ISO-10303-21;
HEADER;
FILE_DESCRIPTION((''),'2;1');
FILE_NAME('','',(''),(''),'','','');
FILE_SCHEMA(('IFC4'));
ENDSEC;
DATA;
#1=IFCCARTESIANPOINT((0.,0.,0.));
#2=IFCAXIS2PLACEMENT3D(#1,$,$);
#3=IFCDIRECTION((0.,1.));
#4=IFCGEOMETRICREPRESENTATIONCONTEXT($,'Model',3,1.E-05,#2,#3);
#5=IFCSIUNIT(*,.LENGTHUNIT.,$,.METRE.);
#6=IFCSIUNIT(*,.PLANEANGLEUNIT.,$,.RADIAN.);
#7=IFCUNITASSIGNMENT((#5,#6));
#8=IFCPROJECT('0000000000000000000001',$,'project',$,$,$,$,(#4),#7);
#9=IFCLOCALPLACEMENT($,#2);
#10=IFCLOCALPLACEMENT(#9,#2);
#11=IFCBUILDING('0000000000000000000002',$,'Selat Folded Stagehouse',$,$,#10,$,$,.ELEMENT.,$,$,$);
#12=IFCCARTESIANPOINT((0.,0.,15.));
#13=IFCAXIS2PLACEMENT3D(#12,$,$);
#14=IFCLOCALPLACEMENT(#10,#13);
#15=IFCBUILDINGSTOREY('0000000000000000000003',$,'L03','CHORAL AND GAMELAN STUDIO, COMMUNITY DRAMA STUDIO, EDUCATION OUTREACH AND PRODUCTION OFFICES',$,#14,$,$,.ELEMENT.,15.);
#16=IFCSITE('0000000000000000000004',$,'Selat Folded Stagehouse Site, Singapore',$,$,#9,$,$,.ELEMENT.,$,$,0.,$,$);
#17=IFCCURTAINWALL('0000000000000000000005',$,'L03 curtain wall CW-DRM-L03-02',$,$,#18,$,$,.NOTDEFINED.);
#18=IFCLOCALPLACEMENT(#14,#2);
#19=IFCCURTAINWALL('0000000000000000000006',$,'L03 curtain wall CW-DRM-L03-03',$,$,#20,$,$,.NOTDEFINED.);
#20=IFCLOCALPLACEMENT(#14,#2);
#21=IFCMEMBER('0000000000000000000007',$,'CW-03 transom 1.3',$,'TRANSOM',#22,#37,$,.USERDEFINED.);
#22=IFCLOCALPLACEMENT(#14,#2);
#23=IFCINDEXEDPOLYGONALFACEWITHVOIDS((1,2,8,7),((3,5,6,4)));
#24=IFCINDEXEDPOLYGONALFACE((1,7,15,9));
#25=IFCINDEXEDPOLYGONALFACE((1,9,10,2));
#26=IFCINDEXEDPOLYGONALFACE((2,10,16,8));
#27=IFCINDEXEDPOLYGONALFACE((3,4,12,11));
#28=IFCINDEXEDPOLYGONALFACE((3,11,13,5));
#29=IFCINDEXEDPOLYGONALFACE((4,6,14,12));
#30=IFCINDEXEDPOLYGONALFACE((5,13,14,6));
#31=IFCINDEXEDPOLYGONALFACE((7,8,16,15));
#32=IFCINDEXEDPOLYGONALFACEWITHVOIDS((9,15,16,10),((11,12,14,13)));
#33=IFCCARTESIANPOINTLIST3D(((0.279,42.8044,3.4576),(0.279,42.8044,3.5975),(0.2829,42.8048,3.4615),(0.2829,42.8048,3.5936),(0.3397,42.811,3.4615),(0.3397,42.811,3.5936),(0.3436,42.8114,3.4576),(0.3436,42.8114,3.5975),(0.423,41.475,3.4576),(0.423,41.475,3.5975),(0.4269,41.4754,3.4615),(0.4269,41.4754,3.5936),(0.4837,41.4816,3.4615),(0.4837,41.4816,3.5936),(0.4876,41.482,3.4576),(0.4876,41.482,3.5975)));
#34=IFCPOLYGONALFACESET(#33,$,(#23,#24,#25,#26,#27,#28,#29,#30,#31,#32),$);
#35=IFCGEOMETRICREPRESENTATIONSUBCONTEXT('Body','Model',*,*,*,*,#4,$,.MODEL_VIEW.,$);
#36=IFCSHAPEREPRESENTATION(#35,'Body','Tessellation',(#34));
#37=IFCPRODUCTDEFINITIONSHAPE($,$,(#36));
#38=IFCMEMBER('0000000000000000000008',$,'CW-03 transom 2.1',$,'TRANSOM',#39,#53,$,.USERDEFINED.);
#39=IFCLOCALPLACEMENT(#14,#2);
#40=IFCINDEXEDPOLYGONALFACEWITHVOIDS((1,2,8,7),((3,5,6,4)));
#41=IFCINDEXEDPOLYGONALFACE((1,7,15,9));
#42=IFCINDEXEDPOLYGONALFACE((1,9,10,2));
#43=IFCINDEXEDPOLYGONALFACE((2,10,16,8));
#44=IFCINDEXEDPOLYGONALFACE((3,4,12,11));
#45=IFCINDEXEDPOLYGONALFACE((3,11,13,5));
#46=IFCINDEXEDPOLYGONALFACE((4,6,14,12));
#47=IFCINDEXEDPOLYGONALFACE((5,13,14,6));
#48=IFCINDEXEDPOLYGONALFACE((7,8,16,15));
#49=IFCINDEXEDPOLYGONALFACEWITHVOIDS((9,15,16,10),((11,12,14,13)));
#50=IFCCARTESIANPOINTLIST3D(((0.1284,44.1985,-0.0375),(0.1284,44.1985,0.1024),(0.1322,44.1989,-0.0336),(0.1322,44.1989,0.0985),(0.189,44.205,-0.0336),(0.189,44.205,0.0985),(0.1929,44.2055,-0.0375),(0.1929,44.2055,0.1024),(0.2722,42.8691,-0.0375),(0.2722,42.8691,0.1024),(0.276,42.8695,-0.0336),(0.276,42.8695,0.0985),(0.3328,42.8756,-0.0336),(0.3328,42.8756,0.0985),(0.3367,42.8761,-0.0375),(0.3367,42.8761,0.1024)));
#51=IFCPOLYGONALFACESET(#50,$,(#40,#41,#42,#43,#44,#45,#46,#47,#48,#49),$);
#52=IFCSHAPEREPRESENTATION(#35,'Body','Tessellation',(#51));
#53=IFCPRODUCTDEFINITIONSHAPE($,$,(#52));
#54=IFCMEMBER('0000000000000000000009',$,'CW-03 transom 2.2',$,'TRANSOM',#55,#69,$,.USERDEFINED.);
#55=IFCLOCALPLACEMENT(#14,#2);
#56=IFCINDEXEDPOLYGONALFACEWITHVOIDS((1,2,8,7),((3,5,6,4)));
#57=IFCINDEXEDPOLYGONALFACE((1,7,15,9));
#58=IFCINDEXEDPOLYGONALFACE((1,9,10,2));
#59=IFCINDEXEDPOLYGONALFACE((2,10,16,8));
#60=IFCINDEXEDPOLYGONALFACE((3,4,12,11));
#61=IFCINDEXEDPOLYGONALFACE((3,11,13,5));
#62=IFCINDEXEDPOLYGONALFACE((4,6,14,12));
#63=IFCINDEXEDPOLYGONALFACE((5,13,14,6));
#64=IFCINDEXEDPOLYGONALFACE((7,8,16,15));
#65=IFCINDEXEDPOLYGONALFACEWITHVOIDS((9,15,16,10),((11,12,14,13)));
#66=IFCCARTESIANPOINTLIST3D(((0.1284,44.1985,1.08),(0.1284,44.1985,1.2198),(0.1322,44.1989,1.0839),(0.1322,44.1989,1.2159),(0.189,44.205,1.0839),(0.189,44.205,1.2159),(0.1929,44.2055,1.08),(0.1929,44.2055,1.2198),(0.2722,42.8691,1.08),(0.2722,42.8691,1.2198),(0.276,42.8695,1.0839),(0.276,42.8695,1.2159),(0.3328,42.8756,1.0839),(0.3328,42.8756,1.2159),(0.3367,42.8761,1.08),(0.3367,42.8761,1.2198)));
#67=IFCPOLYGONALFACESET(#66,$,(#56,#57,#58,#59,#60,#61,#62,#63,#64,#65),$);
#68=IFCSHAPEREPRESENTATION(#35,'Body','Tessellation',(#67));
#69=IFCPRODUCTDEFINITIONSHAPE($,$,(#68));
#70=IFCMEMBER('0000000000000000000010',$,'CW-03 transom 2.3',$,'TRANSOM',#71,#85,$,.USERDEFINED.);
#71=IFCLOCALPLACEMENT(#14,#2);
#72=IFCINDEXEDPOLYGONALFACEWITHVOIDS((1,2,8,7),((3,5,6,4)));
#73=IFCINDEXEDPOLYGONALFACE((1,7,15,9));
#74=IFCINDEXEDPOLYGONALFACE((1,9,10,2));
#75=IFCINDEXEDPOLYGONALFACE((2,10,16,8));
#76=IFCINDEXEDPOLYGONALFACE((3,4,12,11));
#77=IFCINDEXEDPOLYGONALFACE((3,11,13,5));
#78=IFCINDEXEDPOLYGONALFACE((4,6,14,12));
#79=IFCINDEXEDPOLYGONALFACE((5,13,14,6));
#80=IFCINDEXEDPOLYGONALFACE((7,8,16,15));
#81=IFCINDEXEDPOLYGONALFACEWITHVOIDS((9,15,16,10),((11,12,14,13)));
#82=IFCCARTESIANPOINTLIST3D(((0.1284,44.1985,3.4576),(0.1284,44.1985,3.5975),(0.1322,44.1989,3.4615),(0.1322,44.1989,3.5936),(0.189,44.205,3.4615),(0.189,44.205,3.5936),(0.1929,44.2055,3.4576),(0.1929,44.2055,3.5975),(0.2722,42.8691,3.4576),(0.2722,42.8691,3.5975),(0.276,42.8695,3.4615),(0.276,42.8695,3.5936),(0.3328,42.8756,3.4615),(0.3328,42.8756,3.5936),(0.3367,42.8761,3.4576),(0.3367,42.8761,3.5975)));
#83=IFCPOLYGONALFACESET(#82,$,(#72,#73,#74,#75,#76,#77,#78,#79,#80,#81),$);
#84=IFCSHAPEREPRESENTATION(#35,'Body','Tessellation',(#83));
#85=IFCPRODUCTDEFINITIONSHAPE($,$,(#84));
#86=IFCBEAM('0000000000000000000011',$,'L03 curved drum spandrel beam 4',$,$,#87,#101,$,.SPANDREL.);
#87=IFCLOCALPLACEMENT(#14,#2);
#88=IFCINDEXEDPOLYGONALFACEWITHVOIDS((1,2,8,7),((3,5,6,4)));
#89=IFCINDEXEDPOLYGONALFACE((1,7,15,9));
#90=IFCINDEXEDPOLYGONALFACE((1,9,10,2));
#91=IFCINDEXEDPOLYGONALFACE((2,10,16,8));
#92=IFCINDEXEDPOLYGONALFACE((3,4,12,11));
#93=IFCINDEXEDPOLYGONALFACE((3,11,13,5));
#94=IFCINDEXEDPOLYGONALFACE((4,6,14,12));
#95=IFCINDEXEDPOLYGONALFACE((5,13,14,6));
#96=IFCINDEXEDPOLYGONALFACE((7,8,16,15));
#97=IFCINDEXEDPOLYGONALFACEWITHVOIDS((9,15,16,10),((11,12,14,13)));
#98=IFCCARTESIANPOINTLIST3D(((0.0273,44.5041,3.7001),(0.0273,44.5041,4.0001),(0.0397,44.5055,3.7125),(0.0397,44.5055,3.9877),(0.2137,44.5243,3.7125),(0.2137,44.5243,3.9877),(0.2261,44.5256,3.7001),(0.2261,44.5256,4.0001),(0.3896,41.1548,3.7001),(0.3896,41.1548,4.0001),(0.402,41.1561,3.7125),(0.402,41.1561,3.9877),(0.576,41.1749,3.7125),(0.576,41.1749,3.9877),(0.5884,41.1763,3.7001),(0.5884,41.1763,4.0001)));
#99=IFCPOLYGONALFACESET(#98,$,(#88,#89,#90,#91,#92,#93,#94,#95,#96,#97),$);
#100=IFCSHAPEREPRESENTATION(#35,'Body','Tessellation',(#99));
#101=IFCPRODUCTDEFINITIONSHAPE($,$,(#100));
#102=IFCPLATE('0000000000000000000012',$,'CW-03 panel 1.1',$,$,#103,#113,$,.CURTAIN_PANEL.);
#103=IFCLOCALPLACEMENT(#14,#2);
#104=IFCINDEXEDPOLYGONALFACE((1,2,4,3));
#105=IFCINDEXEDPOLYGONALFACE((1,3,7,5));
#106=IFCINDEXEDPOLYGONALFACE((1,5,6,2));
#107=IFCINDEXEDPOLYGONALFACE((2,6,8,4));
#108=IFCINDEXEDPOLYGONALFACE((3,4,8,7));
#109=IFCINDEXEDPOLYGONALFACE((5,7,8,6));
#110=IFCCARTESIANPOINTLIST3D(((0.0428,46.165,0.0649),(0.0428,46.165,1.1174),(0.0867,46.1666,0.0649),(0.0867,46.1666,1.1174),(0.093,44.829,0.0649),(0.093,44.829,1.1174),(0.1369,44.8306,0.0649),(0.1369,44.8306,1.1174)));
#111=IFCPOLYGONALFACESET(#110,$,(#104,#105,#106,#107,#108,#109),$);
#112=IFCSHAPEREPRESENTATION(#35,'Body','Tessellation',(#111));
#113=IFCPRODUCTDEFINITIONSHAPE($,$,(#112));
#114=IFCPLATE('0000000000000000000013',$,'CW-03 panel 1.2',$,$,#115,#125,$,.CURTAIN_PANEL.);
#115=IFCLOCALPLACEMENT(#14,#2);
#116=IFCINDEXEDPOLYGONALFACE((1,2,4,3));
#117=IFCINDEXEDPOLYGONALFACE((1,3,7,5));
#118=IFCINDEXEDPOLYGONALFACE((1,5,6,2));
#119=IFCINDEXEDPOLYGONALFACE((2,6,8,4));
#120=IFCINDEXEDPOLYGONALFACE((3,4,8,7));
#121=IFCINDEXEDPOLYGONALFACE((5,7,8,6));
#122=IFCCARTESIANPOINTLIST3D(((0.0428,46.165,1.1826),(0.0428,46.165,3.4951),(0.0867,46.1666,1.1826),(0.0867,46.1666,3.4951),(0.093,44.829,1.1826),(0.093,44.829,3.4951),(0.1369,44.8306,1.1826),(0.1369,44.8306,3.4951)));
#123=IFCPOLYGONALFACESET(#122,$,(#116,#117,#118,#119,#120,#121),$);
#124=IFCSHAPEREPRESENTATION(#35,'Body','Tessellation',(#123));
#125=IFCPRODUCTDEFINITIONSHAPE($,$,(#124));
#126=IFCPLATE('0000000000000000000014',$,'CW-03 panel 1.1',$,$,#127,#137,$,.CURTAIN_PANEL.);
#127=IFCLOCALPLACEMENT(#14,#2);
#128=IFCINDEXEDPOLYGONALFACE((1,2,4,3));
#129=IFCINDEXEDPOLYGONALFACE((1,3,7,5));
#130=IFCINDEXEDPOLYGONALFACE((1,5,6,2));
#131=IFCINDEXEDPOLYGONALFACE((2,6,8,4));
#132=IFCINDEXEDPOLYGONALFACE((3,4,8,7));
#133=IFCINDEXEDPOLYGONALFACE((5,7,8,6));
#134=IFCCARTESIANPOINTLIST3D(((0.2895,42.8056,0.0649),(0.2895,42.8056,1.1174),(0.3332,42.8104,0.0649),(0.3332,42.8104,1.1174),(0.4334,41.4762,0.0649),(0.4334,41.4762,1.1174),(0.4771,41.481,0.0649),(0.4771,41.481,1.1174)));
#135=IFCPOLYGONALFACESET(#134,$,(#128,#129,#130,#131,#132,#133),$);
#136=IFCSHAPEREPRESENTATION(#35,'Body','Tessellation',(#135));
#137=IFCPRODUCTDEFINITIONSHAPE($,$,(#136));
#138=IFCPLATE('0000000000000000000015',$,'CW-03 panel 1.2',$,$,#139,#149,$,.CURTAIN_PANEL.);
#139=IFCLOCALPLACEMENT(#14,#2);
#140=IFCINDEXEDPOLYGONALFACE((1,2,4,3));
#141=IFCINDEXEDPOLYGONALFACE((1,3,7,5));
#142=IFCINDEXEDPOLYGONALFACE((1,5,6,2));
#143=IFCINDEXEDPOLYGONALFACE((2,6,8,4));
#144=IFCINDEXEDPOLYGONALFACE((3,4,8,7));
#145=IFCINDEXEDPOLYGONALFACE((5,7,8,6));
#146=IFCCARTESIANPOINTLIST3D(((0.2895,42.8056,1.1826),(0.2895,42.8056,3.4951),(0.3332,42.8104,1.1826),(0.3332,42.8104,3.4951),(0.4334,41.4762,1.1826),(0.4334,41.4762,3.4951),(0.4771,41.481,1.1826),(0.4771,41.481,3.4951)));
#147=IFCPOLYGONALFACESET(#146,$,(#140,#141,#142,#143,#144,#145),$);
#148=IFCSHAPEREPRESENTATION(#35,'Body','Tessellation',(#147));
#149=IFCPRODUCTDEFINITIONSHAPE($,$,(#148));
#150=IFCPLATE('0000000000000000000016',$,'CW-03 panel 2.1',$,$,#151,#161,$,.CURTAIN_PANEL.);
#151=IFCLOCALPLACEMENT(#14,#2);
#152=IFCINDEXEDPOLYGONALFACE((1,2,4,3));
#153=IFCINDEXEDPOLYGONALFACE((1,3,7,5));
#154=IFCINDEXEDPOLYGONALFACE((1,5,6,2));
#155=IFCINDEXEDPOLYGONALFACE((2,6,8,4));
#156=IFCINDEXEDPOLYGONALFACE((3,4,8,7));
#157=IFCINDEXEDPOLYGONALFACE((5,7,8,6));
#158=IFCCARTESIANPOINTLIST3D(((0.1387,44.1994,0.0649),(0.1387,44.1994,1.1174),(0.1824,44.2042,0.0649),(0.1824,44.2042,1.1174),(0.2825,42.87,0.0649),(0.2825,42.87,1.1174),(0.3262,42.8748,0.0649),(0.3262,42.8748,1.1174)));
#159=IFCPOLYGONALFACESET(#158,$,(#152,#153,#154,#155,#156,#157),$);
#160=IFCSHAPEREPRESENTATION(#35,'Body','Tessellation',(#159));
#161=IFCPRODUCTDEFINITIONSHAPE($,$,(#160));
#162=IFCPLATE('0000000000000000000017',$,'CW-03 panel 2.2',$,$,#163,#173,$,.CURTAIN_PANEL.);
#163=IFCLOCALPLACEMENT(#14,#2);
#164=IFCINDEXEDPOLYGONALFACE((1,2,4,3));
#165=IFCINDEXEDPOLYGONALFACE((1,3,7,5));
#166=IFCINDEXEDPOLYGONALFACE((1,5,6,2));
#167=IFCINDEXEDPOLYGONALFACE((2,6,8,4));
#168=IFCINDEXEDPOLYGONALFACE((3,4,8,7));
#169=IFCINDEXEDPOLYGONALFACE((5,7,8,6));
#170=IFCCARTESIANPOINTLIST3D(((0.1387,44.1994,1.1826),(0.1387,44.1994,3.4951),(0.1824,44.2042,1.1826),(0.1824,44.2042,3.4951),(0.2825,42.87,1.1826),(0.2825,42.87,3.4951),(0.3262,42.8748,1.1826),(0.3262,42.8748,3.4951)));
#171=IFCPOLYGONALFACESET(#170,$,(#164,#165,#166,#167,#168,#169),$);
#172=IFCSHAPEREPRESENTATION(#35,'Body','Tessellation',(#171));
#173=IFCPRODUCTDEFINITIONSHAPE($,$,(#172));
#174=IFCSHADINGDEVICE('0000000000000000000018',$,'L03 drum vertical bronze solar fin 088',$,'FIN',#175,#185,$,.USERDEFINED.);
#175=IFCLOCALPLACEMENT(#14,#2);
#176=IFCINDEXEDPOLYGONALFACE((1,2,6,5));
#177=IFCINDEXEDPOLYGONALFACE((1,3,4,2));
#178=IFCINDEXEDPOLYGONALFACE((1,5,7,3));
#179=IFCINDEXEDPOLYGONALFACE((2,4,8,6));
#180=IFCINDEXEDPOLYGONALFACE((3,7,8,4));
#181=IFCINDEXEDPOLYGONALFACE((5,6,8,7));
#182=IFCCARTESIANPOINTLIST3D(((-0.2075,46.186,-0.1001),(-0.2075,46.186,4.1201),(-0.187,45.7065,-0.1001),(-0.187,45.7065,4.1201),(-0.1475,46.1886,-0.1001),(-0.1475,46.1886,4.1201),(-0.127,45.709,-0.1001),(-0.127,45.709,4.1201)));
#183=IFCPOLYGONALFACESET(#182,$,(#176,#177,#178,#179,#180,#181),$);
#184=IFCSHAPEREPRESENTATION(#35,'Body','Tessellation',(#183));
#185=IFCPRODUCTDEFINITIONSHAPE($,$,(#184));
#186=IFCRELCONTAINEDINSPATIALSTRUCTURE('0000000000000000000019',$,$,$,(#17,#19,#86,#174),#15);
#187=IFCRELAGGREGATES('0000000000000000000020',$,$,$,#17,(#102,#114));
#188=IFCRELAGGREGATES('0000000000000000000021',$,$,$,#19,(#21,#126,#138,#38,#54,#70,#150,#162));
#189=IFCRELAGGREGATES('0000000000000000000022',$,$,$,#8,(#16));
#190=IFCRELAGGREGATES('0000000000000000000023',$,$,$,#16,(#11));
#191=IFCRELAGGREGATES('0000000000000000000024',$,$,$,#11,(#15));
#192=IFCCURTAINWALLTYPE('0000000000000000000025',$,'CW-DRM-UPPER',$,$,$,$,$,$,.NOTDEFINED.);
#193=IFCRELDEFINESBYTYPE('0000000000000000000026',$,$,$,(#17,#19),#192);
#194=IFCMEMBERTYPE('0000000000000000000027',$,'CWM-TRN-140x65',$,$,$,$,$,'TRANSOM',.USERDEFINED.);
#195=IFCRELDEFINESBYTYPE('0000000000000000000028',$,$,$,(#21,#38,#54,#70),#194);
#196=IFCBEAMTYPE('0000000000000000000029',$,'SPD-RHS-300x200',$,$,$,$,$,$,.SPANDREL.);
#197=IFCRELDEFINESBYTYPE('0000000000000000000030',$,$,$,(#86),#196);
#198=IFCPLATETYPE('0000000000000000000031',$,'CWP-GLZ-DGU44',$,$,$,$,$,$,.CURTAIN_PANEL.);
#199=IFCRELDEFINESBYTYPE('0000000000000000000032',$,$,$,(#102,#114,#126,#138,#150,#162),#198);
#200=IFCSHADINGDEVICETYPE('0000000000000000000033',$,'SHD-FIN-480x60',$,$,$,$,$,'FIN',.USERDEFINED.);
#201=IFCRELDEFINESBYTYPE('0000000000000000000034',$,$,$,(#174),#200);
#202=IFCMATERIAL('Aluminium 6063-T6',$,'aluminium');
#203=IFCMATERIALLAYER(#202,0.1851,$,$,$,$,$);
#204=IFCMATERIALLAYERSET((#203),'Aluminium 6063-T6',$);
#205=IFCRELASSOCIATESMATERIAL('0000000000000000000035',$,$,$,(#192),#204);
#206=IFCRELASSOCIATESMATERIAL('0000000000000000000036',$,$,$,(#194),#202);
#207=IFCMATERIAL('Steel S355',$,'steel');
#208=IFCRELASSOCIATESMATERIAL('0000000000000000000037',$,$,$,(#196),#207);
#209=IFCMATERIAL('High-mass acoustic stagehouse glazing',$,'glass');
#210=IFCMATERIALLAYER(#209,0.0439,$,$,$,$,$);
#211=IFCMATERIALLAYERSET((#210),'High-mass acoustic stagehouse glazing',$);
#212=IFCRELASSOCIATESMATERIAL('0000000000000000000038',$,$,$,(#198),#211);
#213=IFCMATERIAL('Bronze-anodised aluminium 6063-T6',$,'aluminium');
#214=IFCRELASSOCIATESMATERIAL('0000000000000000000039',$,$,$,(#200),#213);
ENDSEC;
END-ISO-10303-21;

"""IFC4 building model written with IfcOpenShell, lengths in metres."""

from ifc_helpers import new_model, si_unit, direction, frame, origin, origin_2d, place, context, subcontext, project, spatial, rectangle, hollow_rectangle, extrude, material, layer, layer_set, material_profile, profile_set, type_object, element, aggregate, save


model = new_model("IFC4")

# Units and contexts
model_context = context("Model", 3, precision=1e-05, world=origin(), true_north=direction((0.0, 1.0)))
body_context = subcontext(model_context, "Body", "Model", "MODEL_VIEW")
ifc_project = project(units=[si_unit("LENGTHUNIT", "METRE"), si_unit("PLANEANGLEUNIT", "RADIAN")], contexts=[model_context])

# Site, building, storey
site_placement = place(None, origin())
site = spatial("IfcSite", under=ifc_project, at=site_placement, Name="Selat Folded Stagehouse Site, Singapore", CompositionType="ELEMENT", RefElevation=0.0)
building_placement = place(site_placement, origin())
building = spatial("IfcBuilding", under=site, at=building_placement, Name="Selat Folded Stagehouse", CompositionType="ELEMENT")
storey_placement = place(building_placement, frame((0.0, 0.0, 15.0)))
storey = spatial("IfcBuildingStorey", under=building, at=storey_placement, Name="L03", Description="CHORAL AND GAMELAN STUDIO, COMMUNITY DRAMA STUDIO, EDUCATION OUTREACH AND PRODUCTION OFFICES", CompositionType="ELEMENT", Elevation=15.0)

# Shared definitions
ifc_material_1 = material(Name="Steel S355", Category="steel")

# Curtain wall
ifc_material_2 = material(Name="Aluminium 6063-T6", Category="aluminium")
ifc_layer_1 = layer(ifc_material_2, 0.1851)
ifc_layer_set_1 = layer_set([ifc_layer_1], Name="Aluminium 6063-T6")
curtain_wall_type = type_object("IfcCurtainWallType", Name="CW-DRM-UPPER", PredefinedType="NOTDEFINED", material=ifc_layer_set_1)
curtain_wall_1_placement = place(storey_placement, origin())
curtain_wall_1 = element("IfcCurtainWall", 1, at=curtain_wall_1_placement, inside=storey, type_object=curtain_wall_type, Name="L03 curtain wall CW-DRM-L03-02", PredefinedType="NOTDEFINED")

# Curtain wall
curtain_wall_2_placement = place(storey_placement, origin())
curtain_wall_2 = element("IfcCurtainWall", 2, at=curtain_wall_2_placement, inside=storey, type_object=curtain_wall_type, Name="L03 curtain wall CW-DRM-L03-03", PredefinedType="NOTDEFINED")

# Members
ifc_material_profile_1 = material_profile(ifc_material_2, hollow_rectangle(XDim=0.0649, YDim=0.1399, WallThickness=0.0039, at=origin_2d()), Name="ALU 140x65x4.0")
ifc_profile_set_1 = profile_set([ifc_material_profile_1], Name="Aluminium 6063-T6")
member_type_1 = type_object("IfcMemberType", Name="CWM-TRN-140x65", ElementType="TRANSOM", PredefinedType="USERDEFINED", material=ifc_profile_set_1)
member_1_placement = place(storey_placement, frame((0.4553, 41.4785, 3.5276), z_axis=(-0.107726, 0.994181, 0.0), x_axis=(-0.994181, -0.107726, 0.0)))
member_1 = element("IfcMember", 3, at=member_1_placement, type_object=member_type_1, Name="CW-03 transom 1.3", ObjectType="TRANSOM", PredefinedType="USERDEFINED", context=body_context, shape_type="SweptSolid", body=[
    extrude(hollow_rectangle(XDim=0.0649, YDim=0.1399, WallThickness=0.0039, at=origin_2d()), origin(), (0.0, 0.0, 1.0), 1.3372),
])
member_2_placement = place(storey_placement, frame((0.3044, 42.8726, 0.0325), z_axis=(-0.107545, 0.9942, 0.0), x_axis=(-0.9942, -0.107545, 0.0)))
member_2 = element("IfcMember", 4, at=member_2_placement, type_object=member_type_1, Name="CW-03 transom 2.1", ObjectType="TRANSOM", PredefinedType="USERDEFINED", context=body_context, shape_type="SweptSolid", body=[
    extrude(hollow_rectangle(XDim=0.0649, YDim=0.1399, WallThickness=0.0039, at=origin_2d()), origin(), (0.0, 0.0, 1.0), 1.3372),
])
member_3_placement = place(storey_placement, frame((0.3044, 42.8726, 1.1499), z_axis=(-0.107545, 0.9942, 0.0), x_axis=(-0.9942, -0.107545, 0.0)))
member_3 = element("IfcMember", 5, at=member_3_placement, type_object=member_type_1, Name="CW-03 transom 2.2", ObjectType="TRANSOM", PredefinedType="USERDEFINED", context=body_context, shape_type="SweptSolid", body=[
    extrude(hollow_rectangle(XDim=0.0649, YDim=0.1399, WallThickness=0.0039, at=origin_2d()), origin(), (0.0, 0.0, 1.0), 1.3372),
])
member_4_placement = place(storey_placement, frame((0.3044, 42.8726, 3.5276), z_axis=(-0.107545, 0.9942, 0.0), x_axis=(-0.9942, -0.107545, 0.0)))
member_4 = element("IfcMember", 6, at=member_4_placement, type_object=member_type_1, Name="CW-03 transom 2.3", ObjectType="TRANSOM", PredefinedType="USERDEFINED", context=body_context, shape_type="SweptSolid", body=[
    extrude(hollow_rectangle(XDim=0.0649, YDim=0.1399, WallThickness=0.0039, at=origin_2d()), origin(), (0.0, 0.0, 1.0), 1.3372),
])

# Beam
ifc_material_profile_2 = material_profile(ifc_material_1, hollow_rectangle(XDim=0.2, YDim=0.3, WallThickness=0.0125, at=origin_2d()), Name="RHS 300x200x12.5")
ifc_profile_set_2 = profile_set([ifc_material_profile_2], Name="Steel S355")
beam_type = type_object("IfcBeamType", Name="SPD-RHS-300x200", PredefinedType="SPANDREL", material=ifc_profile_set_2)
beam_placement = place(storey_placement, frame((0.1267, 44.5149, 3.8501), z_axis=(0.107544, -0.9942, 0.0), x_axis=(0.9942, 0.107544, 0.0)))
element("IfcBeam", 7, at=beam_placement, inside=storey, type_object=beam_type, Name="L03 curved drum spandrel beam 4", PredefinedType="SPANDREL", context=body_context, shape_type="SweptSolid", body=[
    extrude(hollow_rectangle(XDim=0.2, YDim=0.3, WallThickness=0.0125, at=origin_2d()), origin(), (0.0, 0.0, 1.0), 3.3689),
])

# Plates
ifc_material_3 = material(Name="High-mass acoustic stagehouse glazing", Category="glass")
ifc_layer_2 = layer(ifc_material_3, 0.0439)
ifc_layer_set_2 = layer_set([ifc_layer_2], Name="High-mass acoustic stagehouse glazing")
plate_type = type_object("IfcPlateType", Name="CWP-GLZ-DGU44", PredefinedType="CURTAIN_PANEL", material=ifc_layer_set_2)
plate_1_placement = place(storey_placement, frame((0.0898, 45.4978, 0.0649), z_axis=(0.0, 0.0, 1.0), x_axis=(-0.037574, 0.999294, 0.0)))
plate_1 = element("IfcPlate", 8, at=plate_1_placement, type_object=plate_type, Name="CW-03 panel 1.1", PredefinedType="CURTAIN_PANEL", context=body_context, shape_type="SweptSolid", body=[
    extrude(rectangle(XDim=1.3369, YDim=0.0439, at=origin_2d()), origin(), (0.0, 0.0, 1.0), 1.0525),
])
plate_2_placement = place(storey_placement, frame((0.0898, 45.4978, 1.1826), z_axis=(0.0, 0.0, 1.0), x_axis=(-0.037574, 0.999294, 0.0)))
plate_2 = element("IfcPlate", 9, at=plate_2_placement, type_object=plate_type, Name="CW-03 panel 1.2", PredefinedType="CURTAIN_PANEL", context=body_context, shape_type="SweptSolid", body=[
    extrude(rectangle(XDim=1.3369, YDim=0.0439, at=origin_2d()), origin(), (0.0, 0.0, 1.0), 2.3125),
])
aggregate(curtain_wall_1, [plate_1, plate_2])
plate_3_placement = place(storey_placement, frame((0.3833, 42.1433, 0.0649), z_axis=(0.0, 0.0, 1.0), x_axis=(-0.107558, 0.994199, 0.0)))
plate_3 = element("IfcPlate", 10, at=plate_3_placement, type_object=plate_type, Name="CW-03 panel 1.1", PredefinedType="CURTAIN_PANEL", context=body_context, shape_type="SweptSolid", body=[
    extrude(rectangle(XDim=1.3372, YDim=0.0439, at=origin_2d()), origin(), (0.0, 0.0, 1.0), 1.0525),
])
plate_4_placement = place(storey_placement, frame((0.3833, 42.1433, 1.1826), z_axis=(0.0, 0.0, 1.0), x_axis=(-0.107558, 0.994199, 0.0)))
plate_4 = element("IfcPlate", 11, at=plate_4_placement, type_object=plate_type, Name="CW-03 panel 1.2", PredefinedType="CURTAIN_PANEL", context=body_context, shape_type="SweptSolid", body=[
    extrude(rectangle(XDim=1.3372, YDim=0.0439, at=origin_2d()), origin(), (0.0, 0.0, 1.0), 2.3125),
])
plate_5_placement = place(storey_placement, frame((0.2324, 43.5371, 0.0649), z_axis=(0.0, 0.0, 1.0), x_axis=(-0.107558, 0.994199, 0.0)))
plate_5 = element("IfcPlate", 12, at=plate_5_placement, type_object=plate_type, Name="CW-03 panel 2.1", PredefinedType="CURTAIN_PANEL", context=body_context, shape_type="SweptSolid", body=[
    extrude(rectangle(XDim=1.3372, YDim=0.0439, at=origin_2d()), origin(), (0.0, 0.0, 1.0), 1.0525),
])
plate_6_placement = place(storey_placement, frame((0.2324, 43.5371, 1.1826), z_axis=(0.0, 0.0, 1.0), x_axis=(-0.107558, 0.994199, 0.0)))
plate_6 = element("IfcPlate", 13, at=plate_6_placement, type_object=plate_type, Name="CW-03 panel 2.2", PredefinedType="CURTAIN_PANEL", context=body_context, shape_type="SweptSolid", body=[
    extrude(rectangle(XDim=1.3372, YDim=0.0439, at=origin_2d()), origin(), (0.0, 0.0, 1.0), 2.3125),
])
aggregate(curtain_wall_2, [member_1, plate_3, plate_4, member_2, member_3, member_4, plate_5, plate_6])

# Shading device
ifc_material_4 = material(Name="Bronze-anodised aluminium 6063-T6", Category="aluminium")
ifc_material_profile_3 = material_profile(ifc_material_4, rectangle(XDim=0.0601, YDim=0.48, at=origin_2d()), Name="SOLAR-FIN 480x60")
ifc_profile_set_3 = profile_set([ifc_material_profile_3], Name="Bronze-anodised aluminium 6063-T6")
shading_device_type = type_object("IfcShadingDeviceType", Name="SHD-FIN-480x60", ElementType="FIN", PredefinedType="USERDEFINED", material=ifc_profile_set_3)
for number, where, z_axis, x_axis, name in (
    (14, (-0.1672, 45.9475, -0.1001), (0.0, 0.0, 1.0), (-0.999093, -0.042573, 0.0), "L03 drum vertical bronze solar fin 088"),
):
    element("IfcShadingDevice", number, at=place(storey_placement, frame(where, z_axis=z_axis, x_axis=x_axis)), inside=storey, type_object=shading_device_type, Name=name, ObjectType="FIN", PredefinedType="USERDEFINED", context=body_context, shape_type="SweptSolid", body=[
        extrude(rectangle(XDim=0.0601, YDim=0.48, at=origin_2d()), origin(), (0.0, 0.0, 1.0), 4.2202),
    ])

save(model, "model.ifc")
